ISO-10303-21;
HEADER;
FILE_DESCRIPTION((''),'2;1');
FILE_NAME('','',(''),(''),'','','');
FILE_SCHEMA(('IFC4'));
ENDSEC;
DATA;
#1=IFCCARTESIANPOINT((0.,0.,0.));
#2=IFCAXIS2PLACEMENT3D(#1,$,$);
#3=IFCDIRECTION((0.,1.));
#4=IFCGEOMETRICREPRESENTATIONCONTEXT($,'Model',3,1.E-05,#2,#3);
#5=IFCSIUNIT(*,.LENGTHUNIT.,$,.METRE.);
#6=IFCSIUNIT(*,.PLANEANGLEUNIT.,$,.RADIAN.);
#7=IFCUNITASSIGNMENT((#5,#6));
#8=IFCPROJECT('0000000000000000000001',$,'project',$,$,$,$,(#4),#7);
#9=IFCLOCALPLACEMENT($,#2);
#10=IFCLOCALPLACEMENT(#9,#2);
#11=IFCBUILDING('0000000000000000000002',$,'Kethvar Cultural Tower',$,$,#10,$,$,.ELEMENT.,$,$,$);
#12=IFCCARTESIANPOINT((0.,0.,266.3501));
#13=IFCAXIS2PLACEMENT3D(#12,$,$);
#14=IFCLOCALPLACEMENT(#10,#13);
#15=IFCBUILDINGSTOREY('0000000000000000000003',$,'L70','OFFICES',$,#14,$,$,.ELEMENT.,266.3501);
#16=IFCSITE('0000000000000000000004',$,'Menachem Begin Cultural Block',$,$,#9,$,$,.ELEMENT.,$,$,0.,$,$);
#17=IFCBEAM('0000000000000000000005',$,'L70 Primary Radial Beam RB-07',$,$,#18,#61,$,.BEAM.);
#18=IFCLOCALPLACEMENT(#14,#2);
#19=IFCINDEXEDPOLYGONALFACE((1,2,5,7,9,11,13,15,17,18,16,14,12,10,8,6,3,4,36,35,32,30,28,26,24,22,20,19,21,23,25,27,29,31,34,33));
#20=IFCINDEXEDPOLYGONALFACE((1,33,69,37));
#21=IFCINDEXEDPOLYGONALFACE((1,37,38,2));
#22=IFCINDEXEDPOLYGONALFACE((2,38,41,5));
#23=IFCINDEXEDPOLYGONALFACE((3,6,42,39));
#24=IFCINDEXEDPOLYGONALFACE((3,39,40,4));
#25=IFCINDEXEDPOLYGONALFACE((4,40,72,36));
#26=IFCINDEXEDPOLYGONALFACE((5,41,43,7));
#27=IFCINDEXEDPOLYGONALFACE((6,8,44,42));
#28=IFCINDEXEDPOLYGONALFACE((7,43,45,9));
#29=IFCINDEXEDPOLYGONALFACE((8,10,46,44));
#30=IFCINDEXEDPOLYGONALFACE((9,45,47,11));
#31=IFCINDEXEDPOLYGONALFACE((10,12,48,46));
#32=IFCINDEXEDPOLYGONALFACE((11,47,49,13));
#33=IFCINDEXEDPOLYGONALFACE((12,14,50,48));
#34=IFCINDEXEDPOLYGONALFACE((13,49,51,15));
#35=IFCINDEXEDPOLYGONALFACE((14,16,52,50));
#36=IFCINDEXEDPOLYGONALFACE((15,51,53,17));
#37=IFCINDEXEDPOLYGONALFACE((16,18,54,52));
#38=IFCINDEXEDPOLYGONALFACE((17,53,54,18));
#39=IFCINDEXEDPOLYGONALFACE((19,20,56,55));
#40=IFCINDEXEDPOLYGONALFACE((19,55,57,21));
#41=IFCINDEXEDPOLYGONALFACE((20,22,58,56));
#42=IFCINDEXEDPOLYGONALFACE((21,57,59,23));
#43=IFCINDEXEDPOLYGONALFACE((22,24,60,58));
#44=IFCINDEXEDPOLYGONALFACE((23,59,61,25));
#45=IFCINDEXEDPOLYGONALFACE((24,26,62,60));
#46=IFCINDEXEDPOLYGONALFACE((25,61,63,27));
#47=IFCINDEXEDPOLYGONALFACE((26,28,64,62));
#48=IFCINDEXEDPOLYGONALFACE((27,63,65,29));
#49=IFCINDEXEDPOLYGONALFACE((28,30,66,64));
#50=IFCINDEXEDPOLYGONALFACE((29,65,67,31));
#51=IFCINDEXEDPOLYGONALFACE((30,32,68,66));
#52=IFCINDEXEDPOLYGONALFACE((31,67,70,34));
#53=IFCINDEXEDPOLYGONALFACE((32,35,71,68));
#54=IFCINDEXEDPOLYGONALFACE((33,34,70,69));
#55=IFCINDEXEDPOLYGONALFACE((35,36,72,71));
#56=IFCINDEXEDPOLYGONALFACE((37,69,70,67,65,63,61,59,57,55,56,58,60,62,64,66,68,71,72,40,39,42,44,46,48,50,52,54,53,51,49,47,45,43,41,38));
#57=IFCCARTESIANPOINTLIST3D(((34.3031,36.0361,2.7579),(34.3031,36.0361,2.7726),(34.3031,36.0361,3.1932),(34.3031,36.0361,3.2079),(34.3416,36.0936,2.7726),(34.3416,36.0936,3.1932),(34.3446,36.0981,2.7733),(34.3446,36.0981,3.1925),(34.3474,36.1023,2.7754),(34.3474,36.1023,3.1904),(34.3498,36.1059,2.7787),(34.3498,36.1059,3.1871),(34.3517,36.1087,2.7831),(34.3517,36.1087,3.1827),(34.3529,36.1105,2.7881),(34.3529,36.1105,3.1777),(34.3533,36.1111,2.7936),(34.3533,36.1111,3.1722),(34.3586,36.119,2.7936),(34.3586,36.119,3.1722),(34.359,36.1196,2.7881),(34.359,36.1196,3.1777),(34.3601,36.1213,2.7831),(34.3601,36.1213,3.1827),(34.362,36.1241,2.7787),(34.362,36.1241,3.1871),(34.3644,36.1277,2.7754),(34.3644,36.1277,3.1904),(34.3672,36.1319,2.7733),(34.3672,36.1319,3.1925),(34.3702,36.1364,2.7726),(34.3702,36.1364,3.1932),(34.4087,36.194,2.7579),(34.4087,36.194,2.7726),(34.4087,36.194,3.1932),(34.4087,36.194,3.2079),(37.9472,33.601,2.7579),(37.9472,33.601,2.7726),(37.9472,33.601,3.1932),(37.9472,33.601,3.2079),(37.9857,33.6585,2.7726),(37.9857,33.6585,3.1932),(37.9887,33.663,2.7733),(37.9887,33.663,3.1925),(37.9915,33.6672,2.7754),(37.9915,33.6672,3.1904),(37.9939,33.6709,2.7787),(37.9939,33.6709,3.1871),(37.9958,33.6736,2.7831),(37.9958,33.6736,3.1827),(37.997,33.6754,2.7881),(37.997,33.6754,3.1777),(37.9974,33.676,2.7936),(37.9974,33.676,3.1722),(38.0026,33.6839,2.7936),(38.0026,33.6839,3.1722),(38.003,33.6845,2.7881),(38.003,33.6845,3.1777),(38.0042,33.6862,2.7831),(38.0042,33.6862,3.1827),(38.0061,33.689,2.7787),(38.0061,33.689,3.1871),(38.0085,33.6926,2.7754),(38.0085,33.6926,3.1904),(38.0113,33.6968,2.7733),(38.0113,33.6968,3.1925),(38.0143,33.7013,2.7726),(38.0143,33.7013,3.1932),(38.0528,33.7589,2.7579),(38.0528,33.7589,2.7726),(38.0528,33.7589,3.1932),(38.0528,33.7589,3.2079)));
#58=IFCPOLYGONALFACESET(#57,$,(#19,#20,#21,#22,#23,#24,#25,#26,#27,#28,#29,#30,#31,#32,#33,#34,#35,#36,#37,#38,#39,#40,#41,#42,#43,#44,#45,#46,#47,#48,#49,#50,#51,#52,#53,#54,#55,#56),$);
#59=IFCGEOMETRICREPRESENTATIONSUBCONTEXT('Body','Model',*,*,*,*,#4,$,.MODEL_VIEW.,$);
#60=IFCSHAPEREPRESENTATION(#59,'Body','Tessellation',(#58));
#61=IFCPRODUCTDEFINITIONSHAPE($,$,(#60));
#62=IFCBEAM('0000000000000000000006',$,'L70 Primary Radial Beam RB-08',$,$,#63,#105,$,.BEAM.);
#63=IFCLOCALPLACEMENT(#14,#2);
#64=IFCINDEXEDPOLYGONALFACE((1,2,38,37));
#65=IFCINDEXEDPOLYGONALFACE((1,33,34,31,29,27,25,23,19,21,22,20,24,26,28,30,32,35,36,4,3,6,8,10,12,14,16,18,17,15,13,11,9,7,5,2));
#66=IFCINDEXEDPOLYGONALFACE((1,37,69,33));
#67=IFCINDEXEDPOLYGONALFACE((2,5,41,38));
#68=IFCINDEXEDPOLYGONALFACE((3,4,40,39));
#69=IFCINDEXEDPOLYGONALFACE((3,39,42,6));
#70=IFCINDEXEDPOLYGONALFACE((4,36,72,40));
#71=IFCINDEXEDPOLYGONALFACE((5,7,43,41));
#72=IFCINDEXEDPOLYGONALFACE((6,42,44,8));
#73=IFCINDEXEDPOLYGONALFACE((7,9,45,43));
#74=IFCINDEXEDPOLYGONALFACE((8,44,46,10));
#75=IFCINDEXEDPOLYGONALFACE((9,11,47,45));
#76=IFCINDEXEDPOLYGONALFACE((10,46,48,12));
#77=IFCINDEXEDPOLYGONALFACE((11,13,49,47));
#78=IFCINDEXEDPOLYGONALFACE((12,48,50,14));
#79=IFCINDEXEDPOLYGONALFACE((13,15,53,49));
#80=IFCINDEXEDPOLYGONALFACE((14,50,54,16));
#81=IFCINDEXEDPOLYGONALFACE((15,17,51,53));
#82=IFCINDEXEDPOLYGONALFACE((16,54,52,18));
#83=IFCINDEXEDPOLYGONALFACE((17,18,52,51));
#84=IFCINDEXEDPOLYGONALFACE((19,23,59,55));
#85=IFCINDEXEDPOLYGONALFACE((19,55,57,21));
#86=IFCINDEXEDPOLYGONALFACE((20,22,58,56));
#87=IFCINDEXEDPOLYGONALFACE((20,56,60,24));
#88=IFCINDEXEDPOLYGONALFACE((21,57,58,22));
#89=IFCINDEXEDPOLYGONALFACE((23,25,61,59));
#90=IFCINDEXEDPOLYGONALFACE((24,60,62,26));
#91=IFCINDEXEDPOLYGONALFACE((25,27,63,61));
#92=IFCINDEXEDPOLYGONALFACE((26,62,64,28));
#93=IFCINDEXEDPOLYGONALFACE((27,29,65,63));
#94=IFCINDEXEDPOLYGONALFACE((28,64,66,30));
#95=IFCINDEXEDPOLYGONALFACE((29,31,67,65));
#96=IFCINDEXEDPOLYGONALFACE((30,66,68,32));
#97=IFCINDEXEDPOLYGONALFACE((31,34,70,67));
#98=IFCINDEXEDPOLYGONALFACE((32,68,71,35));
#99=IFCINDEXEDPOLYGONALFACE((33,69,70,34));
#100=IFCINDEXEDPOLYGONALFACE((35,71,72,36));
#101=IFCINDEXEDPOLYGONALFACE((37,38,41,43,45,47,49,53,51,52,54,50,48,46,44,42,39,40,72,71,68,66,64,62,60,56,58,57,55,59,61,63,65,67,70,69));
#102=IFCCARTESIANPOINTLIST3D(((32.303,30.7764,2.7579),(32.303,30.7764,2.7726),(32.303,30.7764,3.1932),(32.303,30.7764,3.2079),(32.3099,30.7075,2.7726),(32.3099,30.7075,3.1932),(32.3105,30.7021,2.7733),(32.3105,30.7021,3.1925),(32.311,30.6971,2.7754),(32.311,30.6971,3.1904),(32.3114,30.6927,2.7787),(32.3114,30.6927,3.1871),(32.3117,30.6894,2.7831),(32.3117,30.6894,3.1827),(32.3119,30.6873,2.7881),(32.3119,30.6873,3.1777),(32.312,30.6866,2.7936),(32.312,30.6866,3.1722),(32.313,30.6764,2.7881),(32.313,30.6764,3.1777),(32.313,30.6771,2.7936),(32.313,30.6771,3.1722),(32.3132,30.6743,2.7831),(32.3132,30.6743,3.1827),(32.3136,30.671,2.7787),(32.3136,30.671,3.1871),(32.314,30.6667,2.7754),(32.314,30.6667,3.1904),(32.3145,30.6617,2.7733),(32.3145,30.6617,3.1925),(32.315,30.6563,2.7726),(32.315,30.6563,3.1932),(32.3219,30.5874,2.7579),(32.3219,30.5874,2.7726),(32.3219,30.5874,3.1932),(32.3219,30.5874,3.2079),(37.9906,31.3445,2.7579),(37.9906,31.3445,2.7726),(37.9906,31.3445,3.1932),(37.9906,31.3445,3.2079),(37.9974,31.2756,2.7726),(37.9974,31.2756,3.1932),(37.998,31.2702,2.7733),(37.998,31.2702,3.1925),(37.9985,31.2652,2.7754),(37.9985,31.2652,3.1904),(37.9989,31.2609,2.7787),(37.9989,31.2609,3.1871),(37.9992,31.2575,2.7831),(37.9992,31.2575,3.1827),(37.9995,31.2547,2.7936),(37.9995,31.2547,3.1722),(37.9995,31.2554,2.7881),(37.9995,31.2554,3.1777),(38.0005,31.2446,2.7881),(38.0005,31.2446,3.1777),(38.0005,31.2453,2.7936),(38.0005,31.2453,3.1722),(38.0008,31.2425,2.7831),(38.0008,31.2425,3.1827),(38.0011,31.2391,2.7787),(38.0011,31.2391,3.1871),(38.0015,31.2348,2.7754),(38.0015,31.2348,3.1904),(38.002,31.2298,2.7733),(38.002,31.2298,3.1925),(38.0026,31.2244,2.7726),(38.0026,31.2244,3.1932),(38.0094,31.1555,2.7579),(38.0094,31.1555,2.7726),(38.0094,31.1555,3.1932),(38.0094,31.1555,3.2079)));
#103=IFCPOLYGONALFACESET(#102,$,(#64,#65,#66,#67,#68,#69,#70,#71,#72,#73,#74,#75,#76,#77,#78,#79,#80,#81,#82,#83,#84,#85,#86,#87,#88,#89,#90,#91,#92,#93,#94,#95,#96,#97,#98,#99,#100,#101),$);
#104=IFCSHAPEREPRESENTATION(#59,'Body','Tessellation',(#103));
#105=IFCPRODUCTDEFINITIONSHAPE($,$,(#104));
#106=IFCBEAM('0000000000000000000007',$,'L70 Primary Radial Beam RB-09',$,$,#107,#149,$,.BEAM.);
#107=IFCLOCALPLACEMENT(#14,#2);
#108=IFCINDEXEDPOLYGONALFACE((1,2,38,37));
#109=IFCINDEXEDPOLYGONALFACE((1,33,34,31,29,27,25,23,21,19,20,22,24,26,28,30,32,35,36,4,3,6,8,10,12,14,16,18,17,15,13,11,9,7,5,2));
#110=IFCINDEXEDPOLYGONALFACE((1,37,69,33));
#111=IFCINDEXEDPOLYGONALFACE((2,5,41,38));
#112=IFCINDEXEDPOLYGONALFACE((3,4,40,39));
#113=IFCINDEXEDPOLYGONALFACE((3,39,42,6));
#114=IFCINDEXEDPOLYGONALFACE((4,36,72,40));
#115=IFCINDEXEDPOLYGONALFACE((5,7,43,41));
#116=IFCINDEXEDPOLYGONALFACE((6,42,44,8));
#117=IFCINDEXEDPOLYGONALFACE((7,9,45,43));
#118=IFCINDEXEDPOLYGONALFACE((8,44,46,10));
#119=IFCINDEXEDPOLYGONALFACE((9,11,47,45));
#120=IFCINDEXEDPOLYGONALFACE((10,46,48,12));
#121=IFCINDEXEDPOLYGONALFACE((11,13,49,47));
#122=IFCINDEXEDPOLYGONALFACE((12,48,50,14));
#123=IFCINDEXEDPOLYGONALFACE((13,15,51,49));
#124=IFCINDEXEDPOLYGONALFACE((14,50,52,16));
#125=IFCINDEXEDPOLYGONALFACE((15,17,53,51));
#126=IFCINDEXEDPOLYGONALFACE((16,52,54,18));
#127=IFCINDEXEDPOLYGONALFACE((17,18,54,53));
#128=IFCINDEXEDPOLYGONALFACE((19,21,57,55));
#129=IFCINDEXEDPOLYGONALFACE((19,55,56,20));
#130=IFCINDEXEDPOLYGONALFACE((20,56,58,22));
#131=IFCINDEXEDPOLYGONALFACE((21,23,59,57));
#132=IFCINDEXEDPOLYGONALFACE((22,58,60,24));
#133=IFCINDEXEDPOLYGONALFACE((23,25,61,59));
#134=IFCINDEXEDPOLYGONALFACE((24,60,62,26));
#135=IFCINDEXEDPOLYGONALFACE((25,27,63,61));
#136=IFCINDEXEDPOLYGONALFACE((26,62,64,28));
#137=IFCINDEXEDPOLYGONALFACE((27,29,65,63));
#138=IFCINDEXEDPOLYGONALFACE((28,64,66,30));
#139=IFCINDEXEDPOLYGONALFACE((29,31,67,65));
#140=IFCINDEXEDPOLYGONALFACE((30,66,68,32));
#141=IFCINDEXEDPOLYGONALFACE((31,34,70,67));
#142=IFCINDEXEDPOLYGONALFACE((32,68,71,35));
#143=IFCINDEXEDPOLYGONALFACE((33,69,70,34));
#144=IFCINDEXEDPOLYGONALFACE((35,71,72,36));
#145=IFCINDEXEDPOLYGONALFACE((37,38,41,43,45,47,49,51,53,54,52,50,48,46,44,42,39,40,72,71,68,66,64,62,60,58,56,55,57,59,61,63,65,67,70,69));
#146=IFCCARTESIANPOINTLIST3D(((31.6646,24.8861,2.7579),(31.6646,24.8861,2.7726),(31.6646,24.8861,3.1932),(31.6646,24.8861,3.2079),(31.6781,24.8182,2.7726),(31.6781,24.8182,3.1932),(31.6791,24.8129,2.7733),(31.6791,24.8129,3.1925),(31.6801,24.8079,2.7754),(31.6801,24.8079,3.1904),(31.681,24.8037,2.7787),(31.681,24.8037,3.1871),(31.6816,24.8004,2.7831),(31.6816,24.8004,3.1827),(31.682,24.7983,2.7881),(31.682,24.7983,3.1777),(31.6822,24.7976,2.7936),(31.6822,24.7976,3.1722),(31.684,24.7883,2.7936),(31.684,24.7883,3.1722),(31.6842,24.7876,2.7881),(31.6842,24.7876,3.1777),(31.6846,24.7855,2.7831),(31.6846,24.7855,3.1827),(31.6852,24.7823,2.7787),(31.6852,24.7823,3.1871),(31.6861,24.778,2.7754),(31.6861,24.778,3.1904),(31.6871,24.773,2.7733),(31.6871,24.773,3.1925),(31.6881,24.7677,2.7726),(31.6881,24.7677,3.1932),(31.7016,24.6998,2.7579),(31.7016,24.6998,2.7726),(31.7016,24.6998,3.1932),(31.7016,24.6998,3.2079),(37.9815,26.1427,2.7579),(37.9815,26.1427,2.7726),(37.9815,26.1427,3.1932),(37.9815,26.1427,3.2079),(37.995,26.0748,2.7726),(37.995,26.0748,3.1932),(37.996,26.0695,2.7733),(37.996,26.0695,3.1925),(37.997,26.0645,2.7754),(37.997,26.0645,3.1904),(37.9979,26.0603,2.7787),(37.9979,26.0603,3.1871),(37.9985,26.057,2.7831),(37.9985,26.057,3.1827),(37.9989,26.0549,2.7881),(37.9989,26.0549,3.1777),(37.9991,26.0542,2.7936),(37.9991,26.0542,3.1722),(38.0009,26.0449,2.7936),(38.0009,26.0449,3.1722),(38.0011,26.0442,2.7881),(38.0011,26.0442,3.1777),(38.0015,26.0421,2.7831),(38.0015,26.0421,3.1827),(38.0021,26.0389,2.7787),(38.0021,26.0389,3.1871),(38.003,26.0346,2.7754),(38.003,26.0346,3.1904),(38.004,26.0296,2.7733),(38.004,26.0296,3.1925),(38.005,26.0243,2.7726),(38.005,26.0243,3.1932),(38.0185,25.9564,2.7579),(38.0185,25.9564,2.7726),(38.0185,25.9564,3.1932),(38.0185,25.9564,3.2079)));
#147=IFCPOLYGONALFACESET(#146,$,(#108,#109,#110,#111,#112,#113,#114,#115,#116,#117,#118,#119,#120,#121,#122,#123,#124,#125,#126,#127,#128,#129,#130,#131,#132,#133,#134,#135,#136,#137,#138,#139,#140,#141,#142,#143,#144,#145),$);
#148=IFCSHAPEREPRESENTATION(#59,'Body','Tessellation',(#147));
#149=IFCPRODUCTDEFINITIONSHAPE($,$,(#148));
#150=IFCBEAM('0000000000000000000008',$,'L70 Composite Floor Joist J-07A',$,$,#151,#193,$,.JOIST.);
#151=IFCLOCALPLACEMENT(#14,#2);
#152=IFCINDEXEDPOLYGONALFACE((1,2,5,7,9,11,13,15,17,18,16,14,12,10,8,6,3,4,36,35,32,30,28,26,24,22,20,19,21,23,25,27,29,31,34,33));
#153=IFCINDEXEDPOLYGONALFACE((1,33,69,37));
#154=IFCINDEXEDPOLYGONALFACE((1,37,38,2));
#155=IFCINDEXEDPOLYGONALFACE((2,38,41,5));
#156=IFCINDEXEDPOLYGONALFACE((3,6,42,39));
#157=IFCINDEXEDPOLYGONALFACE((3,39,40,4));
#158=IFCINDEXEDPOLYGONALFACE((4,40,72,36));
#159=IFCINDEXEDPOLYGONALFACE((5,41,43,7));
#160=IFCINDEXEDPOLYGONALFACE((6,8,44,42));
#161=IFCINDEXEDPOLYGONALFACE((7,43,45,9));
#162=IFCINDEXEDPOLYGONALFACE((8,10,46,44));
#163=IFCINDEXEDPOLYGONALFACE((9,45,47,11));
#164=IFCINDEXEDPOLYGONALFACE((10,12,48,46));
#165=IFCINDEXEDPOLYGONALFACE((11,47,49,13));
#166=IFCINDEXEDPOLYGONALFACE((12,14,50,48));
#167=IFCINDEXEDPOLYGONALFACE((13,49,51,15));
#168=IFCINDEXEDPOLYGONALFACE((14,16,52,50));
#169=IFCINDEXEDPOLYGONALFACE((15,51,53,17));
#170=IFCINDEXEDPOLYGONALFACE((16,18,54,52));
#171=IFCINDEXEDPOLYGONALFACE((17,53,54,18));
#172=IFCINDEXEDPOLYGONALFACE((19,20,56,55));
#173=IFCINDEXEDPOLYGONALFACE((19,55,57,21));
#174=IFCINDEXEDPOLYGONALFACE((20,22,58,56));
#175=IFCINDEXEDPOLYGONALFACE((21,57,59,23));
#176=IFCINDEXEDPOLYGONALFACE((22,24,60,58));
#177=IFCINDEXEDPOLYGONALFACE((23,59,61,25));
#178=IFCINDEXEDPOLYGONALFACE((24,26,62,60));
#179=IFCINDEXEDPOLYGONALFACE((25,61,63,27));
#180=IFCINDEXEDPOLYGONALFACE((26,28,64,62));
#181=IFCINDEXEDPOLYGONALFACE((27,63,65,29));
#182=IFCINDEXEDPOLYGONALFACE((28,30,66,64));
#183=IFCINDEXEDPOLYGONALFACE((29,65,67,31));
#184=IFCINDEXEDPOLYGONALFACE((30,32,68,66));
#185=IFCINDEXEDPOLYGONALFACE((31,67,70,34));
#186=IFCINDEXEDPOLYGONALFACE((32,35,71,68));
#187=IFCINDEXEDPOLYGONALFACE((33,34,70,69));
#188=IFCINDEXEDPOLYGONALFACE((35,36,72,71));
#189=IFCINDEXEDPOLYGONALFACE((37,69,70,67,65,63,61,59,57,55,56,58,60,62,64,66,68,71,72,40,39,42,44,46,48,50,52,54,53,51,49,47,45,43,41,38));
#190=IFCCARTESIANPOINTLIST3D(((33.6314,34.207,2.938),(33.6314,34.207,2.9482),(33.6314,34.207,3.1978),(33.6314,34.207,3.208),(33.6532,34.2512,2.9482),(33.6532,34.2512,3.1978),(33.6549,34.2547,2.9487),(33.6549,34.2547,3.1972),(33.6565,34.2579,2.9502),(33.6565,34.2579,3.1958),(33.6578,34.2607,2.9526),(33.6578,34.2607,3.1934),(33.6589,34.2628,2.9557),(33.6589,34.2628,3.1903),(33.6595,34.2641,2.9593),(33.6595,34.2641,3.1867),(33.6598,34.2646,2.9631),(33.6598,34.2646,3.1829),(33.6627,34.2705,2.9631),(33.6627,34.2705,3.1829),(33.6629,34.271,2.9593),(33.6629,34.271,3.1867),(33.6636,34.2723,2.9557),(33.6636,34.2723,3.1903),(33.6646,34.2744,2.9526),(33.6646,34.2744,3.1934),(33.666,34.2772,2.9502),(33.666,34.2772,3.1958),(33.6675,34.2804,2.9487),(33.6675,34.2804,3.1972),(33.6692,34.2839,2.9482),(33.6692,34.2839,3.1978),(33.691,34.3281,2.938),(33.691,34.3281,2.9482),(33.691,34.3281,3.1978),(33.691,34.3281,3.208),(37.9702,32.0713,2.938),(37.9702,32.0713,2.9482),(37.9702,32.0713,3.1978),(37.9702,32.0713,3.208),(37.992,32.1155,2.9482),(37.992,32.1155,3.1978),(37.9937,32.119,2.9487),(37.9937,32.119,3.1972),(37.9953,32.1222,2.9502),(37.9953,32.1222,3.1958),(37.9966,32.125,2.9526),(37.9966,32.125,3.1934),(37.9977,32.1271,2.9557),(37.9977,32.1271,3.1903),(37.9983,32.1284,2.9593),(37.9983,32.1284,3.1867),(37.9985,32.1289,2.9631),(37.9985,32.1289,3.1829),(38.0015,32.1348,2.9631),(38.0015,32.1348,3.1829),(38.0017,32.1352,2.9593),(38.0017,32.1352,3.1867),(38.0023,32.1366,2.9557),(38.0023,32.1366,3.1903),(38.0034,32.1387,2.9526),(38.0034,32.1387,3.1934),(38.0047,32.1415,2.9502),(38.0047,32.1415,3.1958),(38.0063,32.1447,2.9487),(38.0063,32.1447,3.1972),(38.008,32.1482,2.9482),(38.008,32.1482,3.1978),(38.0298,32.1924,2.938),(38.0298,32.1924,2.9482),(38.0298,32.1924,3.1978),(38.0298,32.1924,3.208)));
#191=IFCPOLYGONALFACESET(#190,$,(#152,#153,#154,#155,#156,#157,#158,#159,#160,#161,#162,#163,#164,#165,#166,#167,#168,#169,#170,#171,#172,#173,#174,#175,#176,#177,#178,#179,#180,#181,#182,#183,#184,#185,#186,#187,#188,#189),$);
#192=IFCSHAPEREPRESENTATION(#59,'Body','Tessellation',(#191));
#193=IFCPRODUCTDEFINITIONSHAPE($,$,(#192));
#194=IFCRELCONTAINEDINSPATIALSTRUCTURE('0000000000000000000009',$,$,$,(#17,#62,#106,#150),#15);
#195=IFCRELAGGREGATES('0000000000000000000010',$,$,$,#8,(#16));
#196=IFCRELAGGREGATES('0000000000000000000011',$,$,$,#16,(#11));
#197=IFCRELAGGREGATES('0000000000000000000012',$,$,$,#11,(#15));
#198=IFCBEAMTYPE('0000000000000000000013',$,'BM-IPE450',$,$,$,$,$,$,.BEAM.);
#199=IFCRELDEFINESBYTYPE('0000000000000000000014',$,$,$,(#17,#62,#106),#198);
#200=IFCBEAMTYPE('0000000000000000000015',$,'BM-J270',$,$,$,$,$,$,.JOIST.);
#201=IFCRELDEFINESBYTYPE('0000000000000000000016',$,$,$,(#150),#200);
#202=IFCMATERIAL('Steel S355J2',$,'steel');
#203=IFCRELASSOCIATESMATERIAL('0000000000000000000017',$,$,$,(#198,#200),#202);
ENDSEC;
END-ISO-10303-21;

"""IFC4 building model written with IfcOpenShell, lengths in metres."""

from ifc_helpers import new_model, si_unit, direction, frame, origin, origin_2d, place, context, subcontext, project, spatial, i_section, extrude, source, transform, mapped, material, material_profile, profile_set, type_object, element, save


model = new_model("IFC4")

# Units and contexts
model_context = context("Model", 3, precision=1e-05, world=origin(), true_north=direction((0.0, 1.0)))
body_context = subcontext(model_context, "Body", "Model", "MODEL_VIEW")
ifc_project = project(units=[si_unit("LENGTHUNIT", "METRE"), si_unit("PLANEANGLEUNIT", "RADIAN")], contexts=[model_context])

# Site, building, storey
site_placement = place(None, origin())
site = spatial("IfcSite", under=ifc_project, at=site_placement, Name="Menachem Begin Cultural Block", CompositionType="ELEMENT", RefElevation=0.0)
building_placement = place(site_placement, origin())
building = spatial("IfcBuilding", under=site, at=building_placement, Name="Kethvar Cultural Tower", CompositionType="ELEMENT")
storey_placement = place(building_placement, frame((0.0, 0.0, 266.3501)))
storey = spatial("IfcBuildingStorey", under=building, at=storey_placement, Name="L70", Description="OFFICES", CompositionType="ELEMENT", Elevation=266.3501)

# Beams
ifc_material_1 = material(Name="Steel S355J2", Category="steel")
ifc_material_profile_1 = material_profile(ifc_material_1, i_section(OverallWidth=0.1899, OverallDepth=0.45, WebThickness=0.0095, FlangeThickness=0.0146, FilletRadius=0.021, at=origin_2d()), Name="Steel S355J2 — IPE450")
ifc_profile_set_1 = profile_set([ifc_material_profile_1], Name="Steel S355J2 — IPE450")
beam_type_1 = type_object("IfcBeamType", Name="BM-IPE450", PredefinedType="BEAM", material=ifc_profile_set_1)
shared_shape_1 = source(origin(), body_context, "Body", "SweptSolid", [
    extrude(i_section(OverallWidth=0.1899, OverallDepth=0.45, WebThickness=0.0095, FlangeThickness=0.0146, FilletRadius=0.021, at=origin_2d()), origin(), (0.0, 0.0, 1.0), 4.3828),
])
beam_1_placement = place(storey_placement, frame((38.0, 33.6799, 2.9829), z_axis=(-0.83145, 0.5556, 0.0), x_axis=(-0.5556, -0.83145, 0.0)))
element("IfcBeam", 1, at=beam_1_placement, inside=storey, type_object=beam_type_1, Name="L70 Primary Radial Beam RB-07", PredefinedType="BEAM", context=body_context, shape_type="MappedRepresentation", body=[
    mapped(shared_shape_1, transform((0.0, 0.0, 0.0), scale=1.0)),
])
shared_shape_2 = source(origin(), body_context, "Body", "SweptSolid", [
    extrude(i_section(OverallWidth=0.1899, OverallDepth=0.45, WebThickness=0.0095, FlangeThickness=0.0146, FilletRadius=0.021, at=origin_2d()), origin(), (0.0, 0.0, 1.0), 5.7158),
])
beam_2_placement = place(storey_placement, frame((38.0, 31.25, 2.9829), z_axis=(-0.995048, -0.099394, 0.0), x_axis=(0.099394, -0.995048, 0.0)))
element("IfcBeam", 2, at=beam_2_placement, inside=storey, type_object=beam_type_1, Name="L70 Primary Radial Beam RB-08", PredefinedType="BEAM", context=body_context, shape_type="MappedRepresentation", body=[
    mapped(shared_shape_2, transform((0.0, 0.0, 0.0), scale=1.0)),
])
shared_shape_3 = source(origin(), body_context, "Body", "SweptSolid", [
    extrude(i_section(OverallWidth=0.1899, OverallDepth=0.45, WebThickness=0.0095, FlangeThickness=0.0146, FilletRadius=0.021, at=origin_2d()), origin(), (0.0, 0.0, 1.0), 6.4407),
])
beam_3_placement = place(storey_placement, frame((38.0, 26.0496, 2.9829), z_axis=(-0.980783, -0.195103, 0.0), x_axis=(0.195103, -0.980783, 0.0)))
element("IfcBeam", 3, at=beam_3_placement, inside=storey, type_object=beam_type_1, Name="L70 Primary Radial Beam RB-09", PredefinedType="BEAM", context=body_context, shape_type="MappedRepresentation", body=[
    mapped(shared_shape_3, transform((0.0, 0.0, 0.0), scale=1.0)),
])
ifc_material_profile_2 = material_profile(ifc_material_1, i_section(OverallWidth=0.135, OverallDepth=0.27, WebThickness=0.0066, FlangeThickness=0.0103, FilletRadius=0.0149, at=origin_2d()), Name="Steel S355J2 — IPE270")
ifc_profile_set_2 = profile_set([ifc_material_profile_2], Name="Steel S355J2 — IPE270")
beam_type_2 = type_object("IfcBeamType", Name="BM-J270", PredefinedType="JOIST", material=ifc_profile_set_2)
shared_shape_4 = source(origin(), body_context, "Body", "SweptSolid", [
    extrude(i_section(OverallWidth=0.135, OverallDepth=0.27, WebThickness=0.0066, FlangeThickness=0.0103, FilletRadius=0.0149, at=origin_2d()), origin(), (0.0, 0.0, 1.0), 4.8359),
])
beam_4_placement = place(storey_placement, frame((38.0, 32.1318, 3.073), z_axis=(-0.897197, 0.441632, 0.0), x_axis=(-0.441632, -0.897197, 0.0)))
element("IfcBeam", 4, at=beam_4_placement, inside=storey, type_object=beam_type_2, Name="L70 Composite Floor Joist J-07A", PredefinedType="JOIST", context=body_context, shape_type="MappedRepresentation", body=[
    mapped(shared_shape_4, transform((0.0, 0.0, 0.0), scale=1.0)),
])

save(model, "model.ifc")
